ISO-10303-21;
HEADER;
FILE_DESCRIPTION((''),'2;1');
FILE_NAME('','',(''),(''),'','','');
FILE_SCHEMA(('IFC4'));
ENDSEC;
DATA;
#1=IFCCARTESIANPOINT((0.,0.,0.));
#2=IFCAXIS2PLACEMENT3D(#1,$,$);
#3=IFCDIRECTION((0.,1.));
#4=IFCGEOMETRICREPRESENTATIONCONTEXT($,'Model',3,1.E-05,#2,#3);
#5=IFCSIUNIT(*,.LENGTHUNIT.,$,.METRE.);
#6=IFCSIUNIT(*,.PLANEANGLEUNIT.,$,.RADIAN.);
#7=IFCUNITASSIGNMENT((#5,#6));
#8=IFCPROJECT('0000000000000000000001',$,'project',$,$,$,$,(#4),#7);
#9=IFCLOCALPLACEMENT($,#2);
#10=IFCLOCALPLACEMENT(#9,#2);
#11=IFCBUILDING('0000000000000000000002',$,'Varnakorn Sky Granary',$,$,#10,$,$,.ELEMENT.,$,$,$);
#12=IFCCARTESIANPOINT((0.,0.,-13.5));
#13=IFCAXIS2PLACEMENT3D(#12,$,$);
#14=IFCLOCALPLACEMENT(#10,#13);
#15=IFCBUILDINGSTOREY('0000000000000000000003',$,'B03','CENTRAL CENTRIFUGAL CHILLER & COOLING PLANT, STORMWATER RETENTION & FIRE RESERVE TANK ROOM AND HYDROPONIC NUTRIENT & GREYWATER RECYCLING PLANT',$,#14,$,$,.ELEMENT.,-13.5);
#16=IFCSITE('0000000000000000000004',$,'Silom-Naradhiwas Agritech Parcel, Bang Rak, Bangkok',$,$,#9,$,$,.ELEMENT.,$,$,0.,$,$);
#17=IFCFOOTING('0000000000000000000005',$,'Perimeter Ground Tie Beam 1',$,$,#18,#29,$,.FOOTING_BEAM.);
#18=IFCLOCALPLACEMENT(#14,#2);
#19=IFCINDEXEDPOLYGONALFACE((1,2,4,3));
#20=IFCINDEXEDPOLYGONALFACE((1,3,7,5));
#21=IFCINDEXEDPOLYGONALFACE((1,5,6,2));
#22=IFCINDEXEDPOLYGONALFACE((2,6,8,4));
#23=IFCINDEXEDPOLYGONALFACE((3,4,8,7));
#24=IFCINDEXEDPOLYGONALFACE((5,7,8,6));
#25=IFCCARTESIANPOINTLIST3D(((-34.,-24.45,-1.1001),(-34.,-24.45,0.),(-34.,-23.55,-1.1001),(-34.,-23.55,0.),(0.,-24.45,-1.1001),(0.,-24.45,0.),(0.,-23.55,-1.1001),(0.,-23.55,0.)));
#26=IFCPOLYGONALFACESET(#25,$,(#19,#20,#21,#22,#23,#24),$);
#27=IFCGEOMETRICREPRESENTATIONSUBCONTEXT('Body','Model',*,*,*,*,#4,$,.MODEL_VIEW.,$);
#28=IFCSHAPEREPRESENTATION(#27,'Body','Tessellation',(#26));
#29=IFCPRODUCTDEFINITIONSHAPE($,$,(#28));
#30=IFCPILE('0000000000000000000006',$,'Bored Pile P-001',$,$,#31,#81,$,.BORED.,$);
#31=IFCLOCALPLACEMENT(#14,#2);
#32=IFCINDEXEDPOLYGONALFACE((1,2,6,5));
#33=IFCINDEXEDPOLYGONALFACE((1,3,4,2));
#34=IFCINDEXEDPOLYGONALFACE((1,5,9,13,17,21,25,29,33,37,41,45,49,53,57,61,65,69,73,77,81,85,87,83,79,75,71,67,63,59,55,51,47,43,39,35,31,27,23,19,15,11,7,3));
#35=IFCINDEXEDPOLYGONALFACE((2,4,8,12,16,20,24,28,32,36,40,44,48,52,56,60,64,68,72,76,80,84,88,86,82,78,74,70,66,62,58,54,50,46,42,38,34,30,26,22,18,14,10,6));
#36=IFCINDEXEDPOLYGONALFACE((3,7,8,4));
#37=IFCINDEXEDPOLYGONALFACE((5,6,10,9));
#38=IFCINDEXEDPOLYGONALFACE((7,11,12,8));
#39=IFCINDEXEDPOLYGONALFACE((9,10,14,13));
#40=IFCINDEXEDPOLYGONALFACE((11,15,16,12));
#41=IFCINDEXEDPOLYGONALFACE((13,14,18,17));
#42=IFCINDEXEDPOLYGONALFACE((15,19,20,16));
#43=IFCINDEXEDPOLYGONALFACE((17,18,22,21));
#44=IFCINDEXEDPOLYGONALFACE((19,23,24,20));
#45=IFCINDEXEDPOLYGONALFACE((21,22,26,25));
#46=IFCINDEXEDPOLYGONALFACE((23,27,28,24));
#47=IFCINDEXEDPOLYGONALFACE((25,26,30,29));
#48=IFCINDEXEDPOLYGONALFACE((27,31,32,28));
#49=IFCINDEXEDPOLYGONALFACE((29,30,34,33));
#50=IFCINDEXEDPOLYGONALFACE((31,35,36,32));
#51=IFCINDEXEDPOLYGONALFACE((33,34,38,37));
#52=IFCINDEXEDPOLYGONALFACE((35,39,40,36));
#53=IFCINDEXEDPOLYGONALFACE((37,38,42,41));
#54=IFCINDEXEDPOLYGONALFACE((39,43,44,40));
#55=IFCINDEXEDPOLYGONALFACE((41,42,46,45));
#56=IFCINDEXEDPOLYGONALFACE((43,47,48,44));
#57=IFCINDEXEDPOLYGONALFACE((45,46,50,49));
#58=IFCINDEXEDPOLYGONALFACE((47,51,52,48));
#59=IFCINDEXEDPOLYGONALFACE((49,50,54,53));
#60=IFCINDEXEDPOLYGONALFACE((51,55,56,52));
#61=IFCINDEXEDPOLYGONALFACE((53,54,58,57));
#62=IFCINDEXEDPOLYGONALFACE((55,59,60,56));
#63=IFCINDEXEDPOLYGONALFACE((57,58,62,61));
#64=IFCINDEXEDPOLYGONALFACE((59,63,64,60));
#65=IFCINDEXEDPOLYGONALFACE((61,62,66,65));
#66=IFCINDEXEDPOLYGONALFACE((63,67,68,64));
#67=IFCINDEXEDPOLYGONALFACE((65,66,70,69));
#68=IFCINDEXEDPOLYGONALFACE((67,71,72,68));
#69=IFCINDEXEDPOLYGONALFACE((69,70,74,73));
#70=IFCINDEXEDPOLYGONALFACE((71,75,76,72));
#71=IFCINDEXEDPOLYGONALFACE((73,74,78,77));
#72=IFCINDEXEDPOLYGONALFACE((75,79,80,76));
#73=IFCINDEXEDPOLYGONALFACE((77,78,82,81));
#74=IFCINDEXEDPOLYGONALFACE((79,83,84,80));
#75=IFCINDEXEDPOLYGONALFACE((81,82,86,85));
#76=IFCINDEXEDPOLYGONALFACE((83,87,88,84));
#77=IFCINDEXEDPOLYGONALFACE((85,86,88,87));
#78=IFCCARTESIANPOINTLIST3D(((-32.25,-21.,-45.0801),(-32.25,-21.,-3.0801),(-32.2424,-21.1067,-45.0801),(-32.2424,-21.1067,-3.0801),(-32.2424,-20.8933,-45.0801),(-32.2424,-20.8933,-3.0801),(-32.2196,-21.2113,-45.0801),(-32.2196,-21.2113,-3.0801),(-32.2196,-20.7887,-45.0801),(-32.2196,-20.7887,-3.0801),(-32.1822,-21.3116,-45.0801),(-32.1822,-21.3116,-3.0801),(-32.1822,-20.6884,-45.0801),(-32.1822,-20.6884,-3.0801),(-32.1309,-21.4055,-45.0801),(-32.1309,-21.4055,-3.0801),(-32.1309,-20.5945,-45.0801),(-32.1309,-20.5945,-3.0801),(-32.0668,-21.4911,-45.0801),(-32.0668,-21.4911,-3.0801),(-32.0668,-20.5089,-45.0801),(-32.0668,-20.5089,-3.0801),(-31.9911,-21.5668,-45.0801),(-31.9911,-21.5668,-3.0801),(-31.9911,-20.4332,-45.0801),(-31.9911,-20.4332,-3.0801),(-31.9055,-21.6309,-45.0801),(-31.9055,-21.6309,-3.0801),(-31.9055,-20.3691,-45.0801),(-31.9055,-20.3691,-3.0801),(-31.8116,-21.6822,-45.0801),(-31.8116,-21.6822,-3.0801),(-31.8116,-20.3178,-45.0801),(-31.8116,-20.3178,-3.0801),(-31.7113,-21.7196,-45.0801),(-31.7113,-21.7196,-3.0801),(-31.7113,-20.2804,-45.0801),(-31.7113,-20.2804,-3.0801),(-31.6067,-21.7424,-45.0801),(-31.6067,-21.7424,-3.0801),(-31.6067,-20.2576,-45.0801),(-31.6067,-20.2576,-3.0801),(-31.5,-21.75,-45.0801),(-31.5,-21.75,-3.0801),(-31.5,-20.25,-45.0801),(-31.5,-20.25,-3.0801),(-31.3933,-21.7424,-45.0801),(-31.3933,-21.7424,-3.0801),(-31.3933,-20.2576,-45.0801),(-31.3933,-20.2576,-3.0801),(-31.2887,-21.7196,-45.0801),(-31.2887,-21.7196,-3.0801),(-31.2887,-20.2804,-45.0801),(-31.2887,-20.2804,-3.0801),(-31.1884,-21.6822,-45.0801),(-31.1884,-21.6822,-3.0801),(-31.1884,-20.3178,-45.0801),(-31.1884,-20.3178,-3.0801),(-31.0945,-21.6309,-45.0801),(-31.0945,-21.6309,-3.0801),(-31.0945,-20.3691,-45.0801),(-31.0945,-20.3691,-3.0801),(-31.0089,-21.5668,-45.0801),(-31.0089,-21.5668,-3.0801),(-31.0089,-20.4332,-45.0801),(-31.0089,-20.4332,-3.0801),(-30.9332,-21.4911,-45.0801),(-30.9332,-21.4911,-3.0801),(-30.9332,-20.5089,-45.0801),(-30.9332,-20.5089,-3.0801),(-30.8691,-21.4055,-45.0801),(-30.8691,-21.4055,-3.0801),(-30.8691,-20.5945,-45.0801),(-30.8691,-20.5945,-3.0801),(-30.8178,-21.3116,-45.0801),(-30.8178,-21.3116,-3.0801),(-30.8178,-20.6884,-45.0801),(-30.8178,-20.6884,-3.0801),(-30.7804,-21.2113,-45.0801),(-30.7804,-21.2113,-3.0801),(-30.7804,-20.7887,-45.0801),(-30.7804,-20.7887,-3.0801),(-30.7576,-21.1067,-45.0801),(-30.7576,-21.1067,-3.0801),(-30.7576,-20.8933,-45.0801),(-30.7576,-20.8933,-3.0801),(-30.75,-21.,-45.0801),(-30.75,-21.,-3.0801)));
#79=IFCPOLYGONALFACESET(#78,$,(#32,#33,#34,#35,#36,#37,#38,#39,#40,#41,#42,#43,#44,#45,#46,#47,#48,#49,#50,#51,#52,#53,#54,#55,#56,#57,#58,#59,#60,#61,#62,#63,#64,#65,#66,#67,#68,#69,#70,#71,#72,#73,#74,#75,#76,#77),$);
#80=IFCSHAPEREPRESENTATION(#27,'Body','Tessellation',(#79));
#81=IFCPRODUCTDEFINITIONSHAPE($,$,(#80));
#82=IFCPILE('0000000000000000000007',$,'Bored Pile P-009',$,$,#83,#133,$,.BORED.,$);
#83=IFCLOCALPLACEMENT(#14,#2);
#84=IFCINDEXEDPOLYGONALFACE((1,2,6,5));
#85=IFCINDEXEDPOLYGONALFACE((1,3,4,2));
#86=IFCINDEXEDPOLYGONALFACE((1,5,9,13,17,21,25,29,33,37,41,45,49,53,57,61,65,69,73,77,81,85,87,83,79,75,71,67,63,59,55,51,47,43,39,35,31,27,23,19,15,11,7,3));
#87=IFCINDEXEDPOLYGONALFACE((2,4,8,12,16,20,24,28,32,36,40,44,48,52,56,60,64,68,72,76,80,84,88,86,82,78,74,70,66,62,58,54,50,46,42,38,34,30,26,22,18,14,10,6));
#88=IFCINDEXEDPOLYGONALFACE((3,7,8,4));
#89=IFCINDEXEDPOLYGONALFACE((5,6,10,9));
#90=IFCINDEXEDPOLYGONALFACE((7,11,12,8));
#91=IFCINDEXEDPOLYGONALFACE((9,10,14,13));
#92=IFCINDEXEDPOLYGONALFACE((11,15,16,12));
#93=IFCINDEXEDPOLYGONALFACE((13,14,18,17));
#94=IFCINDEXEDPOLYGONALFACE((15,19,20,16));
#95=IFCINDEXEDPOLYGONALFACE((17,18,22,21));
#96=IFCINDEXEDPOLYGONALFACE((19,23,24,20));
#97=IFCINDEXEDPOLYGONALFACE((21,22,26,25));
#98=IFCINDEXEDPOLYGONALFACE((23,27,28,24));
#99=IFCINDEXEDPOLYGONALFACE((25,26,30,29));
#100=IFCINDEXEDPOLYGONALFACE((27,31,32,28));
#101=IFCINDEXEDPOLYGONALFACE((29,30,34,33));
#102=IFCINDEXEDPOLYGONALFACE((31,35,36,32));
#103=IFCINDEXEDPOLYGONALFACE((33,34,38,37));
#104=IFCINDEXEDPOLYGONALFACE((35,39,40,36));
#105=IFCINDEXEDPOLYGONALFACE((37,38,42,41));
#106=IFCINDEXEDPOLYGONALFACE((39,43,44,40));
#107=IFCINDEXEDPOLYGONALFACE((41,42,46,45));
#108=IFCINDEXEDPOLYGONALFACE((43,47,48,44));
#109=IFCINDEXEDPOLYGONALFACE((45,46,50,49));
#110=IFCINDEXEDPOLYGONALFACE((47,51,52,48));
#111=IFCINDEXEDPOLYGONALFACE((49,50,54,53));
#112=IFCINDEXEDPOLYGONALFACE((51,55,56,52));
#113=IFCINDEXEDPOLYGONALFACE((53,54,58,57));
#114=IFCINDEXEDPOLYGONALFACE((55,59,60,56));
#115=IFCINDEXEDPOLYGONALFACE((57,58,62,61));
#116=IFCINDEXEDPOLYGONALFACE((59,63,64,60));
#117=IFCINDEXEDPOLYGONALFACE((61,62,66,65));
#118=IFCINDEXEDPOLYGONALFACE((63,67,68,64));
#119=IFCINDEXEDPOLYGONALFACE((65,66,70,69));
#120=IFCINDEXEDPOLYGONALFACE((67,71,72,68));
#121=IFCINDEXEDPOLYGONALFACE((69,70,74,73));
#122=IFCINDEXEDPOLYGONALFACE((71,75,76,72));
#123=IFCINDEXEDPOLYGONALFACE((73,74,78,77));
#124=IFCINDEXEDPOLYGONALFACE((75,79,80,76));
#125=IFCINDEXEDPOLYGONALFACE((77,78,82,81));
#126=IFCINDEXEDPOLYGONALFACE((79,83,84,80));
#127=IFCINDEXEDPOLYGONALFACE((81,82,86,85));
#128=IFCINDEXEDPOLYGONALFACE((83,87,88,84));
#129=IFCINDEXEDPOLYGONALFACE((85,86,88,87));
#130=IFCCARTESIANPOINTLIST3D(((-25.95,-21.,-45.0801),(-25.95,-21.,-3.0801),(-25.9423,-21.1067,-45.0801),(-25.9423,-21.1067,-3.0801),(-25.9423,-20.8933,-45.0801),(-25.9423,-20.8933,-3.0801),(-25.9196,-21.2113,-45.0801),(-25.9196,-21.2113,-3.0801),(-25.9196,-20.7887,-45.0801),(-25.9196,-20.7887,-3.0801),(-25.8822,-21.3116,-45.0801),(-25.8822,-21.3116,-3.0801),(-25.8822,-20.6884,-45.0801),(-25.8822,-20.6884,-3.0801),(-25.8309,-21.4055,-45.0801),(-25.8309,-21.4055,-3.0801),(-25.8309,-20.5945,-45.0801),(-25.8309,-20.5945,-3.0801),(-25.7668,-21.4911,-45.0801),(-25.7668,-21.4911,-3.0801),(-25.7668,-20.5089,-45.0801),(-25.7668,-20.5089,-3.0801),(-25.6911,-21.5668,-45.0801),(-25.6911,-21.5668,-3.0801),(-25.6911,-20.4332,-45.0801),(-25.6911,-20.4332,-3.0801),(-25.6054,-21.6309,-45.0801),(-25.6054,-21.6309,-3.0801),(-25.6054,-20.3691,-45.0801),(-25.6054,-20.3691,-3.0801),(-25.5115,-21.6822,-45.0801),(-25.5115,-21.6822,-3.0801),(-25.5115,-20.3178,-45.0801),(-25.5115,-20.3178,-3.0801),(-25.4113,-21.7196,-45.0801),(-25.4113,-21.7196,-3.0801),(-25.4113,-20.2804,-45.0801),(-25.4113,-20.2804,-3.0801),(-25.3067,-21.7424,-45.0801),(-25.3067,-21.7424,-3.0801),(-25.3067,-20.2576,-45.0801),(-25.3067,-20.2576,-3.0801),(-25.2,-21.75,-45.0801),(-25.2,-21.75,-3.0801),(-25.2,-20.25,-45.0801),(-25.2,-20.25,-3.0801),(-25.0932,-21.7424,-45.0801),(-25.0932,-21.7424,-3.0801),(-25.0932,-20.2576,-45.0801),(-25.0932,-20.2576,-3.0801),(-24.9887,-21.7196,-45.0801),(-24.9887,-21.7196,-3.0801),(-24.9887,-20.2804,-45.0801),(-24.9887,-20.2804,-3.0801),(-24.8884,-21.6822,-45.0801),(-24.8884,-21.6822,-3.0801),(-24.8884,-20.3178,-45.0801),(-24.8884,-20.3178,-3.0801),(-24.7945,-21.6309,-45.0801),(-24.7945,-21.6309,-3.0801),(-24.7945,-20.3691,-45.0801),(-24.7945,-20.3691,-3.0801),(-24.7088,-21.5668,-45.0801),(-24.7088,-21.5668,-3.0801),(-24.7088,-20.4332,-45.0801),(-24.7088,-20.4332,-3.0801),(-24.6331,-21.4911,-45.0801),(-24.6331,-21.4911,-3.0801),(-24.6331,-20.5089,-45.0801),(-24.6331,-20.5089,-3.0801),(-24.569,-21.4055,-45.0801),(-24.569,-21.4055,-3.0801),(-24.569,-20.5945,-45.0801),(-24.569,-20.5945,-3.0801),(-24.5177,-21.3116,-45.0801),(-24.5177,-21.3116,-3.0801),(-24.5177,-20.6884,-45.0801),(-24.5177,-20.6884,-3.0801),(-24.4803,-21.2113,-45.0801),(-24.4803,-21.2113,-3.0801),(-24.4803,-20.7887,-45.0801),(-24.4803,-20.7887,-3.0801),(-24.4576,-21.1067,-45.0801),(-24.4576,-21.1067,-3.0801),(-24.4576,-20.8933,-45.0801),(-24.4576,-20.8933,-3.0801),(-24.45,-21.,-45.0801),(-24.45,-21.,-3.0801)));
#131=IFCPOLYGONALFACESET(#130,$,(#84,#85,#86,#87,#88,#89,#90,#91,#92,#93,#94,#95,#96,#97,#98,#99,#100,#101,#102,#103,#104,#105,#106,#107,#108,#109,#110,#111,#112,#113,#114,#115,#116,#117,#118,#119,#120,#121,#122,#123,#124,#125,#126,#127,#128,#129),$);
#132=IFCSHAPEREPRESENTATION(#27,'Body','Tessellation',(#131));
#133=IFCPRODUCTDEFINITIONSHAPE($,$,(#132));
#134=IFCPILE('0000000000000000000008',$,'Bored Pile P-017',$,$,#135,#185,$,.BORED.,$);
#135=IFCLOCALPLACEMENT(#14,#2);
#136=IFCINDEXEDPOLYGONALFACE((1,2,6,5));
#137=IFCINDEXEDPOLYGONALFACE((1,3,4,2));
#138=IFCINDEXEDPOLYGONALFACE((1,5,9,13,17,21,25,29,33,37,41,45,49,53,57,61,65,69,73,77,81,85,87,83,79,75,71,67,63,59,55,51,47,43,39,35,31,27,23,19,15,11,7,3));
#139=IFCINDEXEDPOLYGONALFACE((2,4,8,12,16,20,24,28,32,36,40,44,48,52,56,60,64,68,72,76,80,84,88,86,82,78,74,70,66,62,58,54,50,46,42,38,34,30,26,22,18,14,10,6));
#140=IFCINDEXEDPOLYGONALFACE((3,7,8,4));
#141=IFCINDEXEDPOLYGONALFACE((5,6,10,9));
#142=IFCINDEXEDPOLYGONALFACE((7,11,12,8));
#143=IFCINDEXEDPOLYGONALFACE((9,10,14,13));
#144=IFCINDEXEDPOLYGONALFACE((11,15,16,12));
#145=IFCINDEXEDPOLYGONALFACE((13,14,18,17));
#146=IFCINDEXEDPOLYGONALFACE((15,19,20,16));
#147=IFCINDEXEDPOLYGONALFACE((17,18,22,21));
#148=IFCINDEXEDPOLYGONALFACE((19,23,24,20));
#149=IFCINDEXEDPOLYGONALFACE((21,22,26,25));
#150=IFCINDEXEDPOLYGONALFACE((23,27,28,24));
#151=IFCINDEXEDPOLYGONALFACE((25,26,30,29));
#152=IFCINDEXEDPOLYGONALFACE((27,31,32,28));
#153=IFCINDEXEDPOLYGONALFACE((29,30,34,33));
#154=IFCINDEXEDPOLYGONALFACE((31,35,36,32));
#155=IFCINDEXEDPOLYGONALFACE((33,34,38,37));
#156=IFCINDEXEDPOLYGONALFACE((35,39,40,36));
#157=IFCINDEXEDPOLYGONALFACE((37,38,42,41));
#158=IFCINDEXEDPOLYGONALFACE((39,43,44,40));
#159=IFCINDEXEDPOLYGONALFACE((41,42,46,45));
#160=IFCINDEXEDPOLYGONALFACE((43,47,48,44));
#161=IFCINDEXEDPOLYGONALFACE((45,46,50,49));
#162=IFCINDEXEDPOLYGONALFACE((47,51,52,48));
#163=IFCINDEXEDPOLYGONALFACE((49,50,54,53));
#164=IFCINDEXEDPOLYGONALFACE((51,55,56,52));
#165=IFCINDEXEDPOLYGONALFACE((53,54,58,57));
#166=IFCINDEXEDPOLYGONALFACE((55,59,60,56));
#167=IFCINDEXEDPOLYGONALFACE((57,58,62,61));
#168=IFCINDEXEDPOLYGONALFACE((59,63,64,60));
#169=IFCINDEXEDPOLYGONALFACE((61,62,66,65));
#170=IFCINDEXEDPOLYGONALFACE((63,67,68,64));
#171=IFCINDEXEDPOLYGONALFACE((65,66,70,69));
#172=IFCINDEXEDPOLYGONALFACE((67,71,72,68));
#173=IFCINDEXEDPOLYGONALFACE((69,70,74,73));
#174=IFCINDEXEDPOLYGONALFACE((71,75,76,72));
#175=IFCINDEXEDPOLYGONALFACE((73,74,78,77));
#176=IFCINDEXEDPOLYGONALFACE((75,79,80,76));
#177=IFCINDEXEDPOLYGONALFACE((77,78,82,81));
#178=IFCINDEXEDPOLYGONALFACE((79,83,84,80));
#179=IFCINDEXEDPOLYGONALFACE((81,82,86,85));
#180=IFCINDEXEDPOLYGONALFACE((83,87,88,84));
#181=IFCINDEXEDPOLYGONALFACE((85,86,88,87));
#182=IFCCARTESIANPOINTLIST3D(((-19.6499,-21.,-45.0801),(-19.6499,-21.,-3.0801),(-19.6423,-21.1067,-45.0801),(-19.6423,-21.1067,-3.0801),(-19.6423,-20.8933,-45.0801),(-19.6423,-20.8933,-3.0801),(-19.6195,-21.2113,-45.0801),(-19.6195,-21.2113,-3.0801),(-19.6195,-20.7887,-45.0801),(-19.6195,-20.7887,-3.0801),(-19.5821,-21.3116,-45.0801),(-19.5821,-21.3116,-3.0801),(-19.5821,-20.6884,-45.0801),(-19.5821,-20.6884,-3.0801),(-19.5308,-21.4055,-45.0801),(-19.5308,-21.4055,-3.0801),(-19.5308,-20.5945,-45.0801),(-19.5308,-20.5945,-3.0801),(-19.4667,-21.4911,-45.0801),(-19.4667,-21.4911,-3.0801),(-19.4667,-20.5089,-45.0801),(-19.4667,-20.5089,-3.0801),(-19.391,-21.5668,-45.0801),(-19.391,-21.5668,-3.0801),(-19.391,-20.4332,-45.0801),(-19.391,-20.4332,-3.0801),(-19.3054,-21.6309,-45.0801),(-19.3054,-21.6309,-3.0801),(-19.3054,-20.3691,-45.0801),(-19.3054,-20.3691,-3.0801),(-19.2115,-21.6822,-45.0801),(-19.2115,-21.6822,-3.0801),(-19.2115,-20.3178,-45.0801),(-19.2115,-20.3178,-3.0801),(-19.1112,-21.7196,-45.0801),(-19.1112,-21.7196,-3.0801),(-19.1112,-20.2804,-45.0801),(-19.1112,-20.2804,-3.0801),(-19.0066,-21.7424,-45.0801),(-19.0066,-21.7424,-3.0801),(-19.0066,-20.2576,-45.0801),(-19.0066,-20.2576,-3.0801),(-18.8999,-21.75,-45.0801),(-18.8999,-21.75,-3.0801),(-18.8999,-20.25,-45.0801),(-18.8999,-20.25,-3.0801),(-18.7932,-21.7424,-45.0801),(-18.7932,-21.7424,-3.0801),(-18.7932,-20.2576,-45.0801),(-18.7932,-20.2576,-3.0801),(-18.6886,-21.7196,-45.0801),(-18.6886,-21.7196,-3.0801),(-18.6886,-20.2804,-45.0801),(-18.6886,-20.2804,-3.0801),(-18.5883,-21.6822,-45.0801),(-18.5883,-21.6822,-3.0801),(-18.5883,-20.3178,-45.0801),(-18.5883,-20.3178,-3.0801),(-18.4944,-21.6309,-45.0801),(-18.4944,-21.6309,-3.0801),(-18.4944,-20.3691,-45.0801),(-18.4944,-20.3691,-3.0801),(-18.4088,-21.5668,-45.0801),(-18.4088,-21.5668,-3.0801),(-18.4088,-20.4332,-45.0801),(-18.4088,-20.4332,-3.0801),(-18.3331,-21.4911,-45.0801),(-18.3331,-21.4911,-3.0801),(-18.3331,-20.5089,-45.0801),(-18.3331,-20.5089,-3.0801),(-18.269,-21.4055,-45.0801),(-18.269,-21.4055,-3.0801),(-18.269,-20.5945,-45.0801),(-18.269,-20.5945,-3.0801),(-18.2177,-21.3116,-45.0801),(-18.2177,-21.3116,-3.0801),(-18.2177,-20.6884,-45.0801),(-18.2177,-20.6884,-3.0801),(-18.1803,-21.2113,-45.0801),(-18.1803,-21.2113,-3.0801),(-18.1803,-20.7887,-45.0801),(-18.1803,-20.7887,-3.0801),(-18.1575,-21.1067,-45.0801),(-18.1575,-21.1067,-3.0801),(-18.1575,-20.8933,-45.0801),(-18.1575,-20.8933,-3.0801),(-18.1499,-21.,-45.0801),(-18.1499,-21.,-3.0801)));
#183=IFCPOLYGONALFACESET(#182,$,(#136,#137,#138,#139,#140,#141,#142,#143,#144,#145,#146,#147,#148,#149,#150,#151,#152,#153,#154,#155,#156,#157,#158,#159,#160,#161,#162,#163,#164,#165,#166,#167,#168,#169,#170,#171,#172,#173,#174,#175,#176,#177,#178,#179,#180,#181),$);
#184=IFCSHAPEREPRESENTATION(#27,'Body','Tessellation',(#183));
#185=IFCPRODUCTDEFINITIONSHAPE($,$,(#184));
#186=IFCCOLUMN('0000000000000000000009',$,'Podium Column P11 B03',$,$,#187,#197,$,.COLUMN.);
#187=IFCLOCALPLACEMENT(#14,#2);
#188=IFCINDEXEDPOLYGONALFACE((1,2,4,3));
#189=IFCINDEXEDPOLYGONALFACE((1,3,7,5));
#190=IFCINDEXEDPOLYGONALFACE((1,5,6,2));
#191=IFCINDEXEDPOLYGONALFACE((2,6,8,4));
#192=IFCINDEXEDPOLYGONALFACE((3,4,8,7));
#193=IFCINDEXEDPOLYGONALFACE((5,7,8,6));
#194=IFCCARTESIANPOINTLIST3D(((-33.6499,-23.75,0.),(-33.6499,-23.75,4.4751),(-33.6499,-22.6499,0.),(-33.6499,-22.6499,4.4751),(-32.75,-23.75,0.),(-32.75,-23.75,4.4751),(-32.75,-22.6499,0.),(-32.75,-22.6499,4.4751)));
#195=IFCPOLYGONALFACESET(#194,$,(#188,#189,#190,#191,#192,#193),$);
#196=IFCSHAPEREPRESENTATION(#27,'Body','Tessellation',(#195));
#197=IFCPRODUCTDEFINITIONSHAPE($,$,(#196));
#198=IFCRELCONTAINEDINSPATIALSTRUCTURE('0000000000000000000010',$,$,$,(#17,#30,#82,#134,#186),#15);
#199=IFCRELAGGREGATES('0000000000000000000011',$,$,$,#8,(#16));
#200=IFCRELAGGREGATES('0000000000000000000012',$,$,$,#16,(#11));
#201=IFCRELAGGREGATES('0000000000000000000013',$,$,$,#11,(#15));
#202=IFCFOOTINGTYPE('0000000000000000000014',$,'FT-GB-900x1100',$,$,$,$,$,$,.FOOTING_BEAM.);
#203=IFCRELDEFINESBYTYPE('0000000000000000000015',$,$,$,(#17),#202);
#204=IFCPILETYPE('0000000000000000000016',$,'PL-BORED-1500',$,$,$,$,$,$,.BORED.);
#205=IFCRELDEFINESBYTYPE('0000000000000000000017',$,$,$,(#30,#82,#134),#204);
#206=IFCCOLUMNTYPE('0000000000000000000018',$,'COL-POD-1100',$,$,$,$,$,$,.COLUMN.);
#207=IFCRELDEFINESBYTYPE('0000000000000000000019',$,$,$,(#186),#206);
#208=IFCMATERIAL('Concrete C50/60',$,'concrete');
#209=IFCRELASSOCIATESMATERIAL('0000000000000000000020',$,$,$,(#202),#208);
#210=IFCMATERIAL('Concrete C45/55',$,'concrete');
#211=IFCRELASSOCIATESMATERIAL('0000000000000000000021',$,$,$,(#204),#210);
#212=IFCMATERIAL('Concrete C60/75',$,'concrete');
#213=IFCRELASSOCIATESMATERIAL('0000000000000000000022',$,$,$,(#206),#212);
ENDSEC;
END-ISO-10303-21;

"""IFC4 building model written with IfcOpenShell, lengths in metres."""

from ifc_helpers import new_model, si_unit, direction, frame, origin, origin_2d, place, context, subcontext, project, spatial, rectangle, circle, extrude, material, material_profile, profile_set, type_object, element, save


model = new_model("IFC4")

# Units and contexts
model_context = context("Model", 3, precision=1e-05, world=origin(), true_north=direction((0.0, 1.0)))
body_context = subcontext(model_context, "Body", "Model", "MODEL_VIEW")
ifc_project = project(units=[si_unit("LENGTHUNIT", "METRE"), si_unit("PLANEANGLEUNIT", "RADIAN")], contexts=[model_context])

# Site, building, storey
site_placement = place(None, origin())
site = spatial("IfcSite", under=ifc_project, at=site_placement, Name="Silom-Naradhiwas Agritech Parcel, Bang Rak, Bangkok", CompositionType="ELEMENT", RefElevation=0.0)
building_placement = place(site_placement, origin())
building = spatial("IfcBuilding", under=site, at=building_placement, Name="Varnakorn Sky Granary", CompositionType="ELEMENT")
storey_placement = place(building_placement, frame((0.0, 0.0, -13.5)))
storey = spatial("IfcBuildingStorey", under=building, at=storey_placement, Name="B03", Description="CENTRAL CENTRIFUGAL CHILLER & COOLING PLANT, STORMWATER RETENTION & FIRE RESERVE TANK ROOM AND HYDROPONIC NUTRIENT & GREYWATER RECYCLING PLANT", CompositionType="ELEMENT", Elevation=-13.5)

# Footing
ifc_material_1 = material(Name="Concrete C50/60", Category="concrete")
ifc_material_profile_1 = material_profile(ifc_material_1, rectangle(XDim=0.8999, YDim=1.1001, at=origin_2d()), Name="RC 900x1100")
ifc_profile_set_1 = profile_set([ifc_material_profile_1], Name="Concrete C50/60")
footing_type = type_object("IfcFootingType", Name="FT-GB-900x1100", PredefinedType="FOOTING_BEAM", material=ifc_profile_set_1)
footing_placement = place(storey_placement, frame((-34.0, -24.0, -0.55), z_axis=(1.0, 0.0, 0.0), x_axis=(0.0, 1.0, 0.0)))
element("IfcFooting", 1, at=footing_placement, inside=storey, type_object=footing_type, Name="Perimeter Ground Tie Beam 1", PredefinedType="FOOTING_BEAM", context=body_context, shape_type="SweptSolid", body=[
    extrude(rectangle(XDim=0.8999, YDim=1.1001, at=origin_2d()), origin(), (0.0, 0.0, 1.0), 34.0),
])

# Piles
ifc_material_2 = material(Name="Concrete C45/55", Category="concrete")
ifc_material_profile_2 = material_profile(ifc_material_2, circle(Radius=0.75, at=origin_2d()), Name="PILE D1500")
ifc_profile_set_2 = profile_set([ifc_material_profile_2], Name="Concrete C45/55")
pile_type = type_object("IfcPileType", Name="PL-BORED-1500", PredefinedType="BORED", material=ifc_profile_set_2)
for number, where, z_axis, x_axis, name in (
    (2, (-31.5, -21.0, -3.0801), (0.0, 0.0, -1.0), (1.0, 0.0, 0.0), "Bored Pile P-001"),
    (3, (-25.2, -21.0, -3.0801), (0.0, 0.0, -1.0), (1.0, 0.0, 0.0), "Bored Pile P-009"),
    (4, (-18.8999, -21.0, -3.0801), (0.0, 0.0, -1.0), (1.0, 0.0, 0.0), "Bored Pile P-017"),
):
    element("IfcPile", number, at=place(storey_placement, frame(where, z_axis=z_axis, x_axis=x_axis)), inside=storey, type_object=pile_type, Name=name, PredefinedType="BORED", context=body_context, shape_type="SweptSolid", body=[
        extrude(circle(Radius=0.75, at=origin_2d()), origin(), (0.0, 0.0, 1.0), 42.0),
    ])

# Column
ifc_material_3 = material(Name="Concrete C60/75", Category="concrete")
ifc_material_profile_3 = material_profile(ifc_material_3, rectangle(XDim=0.8999, YDim=1.1001, at=origin_2d()), Name="RC 900x1100")
ifc_profile_set_3 = profile_set([ifc_material_profile_3], Name="Concrete C60/75")
column_type = type_object("IfcColumnType", Name="COL-POD-1100", PredefinedType="COLUMN", material=ifc_profile_set_3)
for number, where, z_axis, x_axis, name in (
    (5, (-33.2, -23.2, 0.0), (0.0, 0.0, 1.0), (1.0, 0.0, 0.0), "Podium Column P11 B03"),
):
    element("IfcColumn", number, at=place(storey_placement, frame(where, z_axis=z_axis, x_axis=x_axis)), inside=storey, type_object=column_type, Name=name, PredefinedType="COLUMN", context=body_context, shape_type="SweptSolid", body=[
        extrude(rectangle(XDim=0.8999, YDim=1.1001, at=origin_2d()), origin(), (0.0, 0.0, 1.0), 4.4751),
    ])

save(model, "model.ifc")
